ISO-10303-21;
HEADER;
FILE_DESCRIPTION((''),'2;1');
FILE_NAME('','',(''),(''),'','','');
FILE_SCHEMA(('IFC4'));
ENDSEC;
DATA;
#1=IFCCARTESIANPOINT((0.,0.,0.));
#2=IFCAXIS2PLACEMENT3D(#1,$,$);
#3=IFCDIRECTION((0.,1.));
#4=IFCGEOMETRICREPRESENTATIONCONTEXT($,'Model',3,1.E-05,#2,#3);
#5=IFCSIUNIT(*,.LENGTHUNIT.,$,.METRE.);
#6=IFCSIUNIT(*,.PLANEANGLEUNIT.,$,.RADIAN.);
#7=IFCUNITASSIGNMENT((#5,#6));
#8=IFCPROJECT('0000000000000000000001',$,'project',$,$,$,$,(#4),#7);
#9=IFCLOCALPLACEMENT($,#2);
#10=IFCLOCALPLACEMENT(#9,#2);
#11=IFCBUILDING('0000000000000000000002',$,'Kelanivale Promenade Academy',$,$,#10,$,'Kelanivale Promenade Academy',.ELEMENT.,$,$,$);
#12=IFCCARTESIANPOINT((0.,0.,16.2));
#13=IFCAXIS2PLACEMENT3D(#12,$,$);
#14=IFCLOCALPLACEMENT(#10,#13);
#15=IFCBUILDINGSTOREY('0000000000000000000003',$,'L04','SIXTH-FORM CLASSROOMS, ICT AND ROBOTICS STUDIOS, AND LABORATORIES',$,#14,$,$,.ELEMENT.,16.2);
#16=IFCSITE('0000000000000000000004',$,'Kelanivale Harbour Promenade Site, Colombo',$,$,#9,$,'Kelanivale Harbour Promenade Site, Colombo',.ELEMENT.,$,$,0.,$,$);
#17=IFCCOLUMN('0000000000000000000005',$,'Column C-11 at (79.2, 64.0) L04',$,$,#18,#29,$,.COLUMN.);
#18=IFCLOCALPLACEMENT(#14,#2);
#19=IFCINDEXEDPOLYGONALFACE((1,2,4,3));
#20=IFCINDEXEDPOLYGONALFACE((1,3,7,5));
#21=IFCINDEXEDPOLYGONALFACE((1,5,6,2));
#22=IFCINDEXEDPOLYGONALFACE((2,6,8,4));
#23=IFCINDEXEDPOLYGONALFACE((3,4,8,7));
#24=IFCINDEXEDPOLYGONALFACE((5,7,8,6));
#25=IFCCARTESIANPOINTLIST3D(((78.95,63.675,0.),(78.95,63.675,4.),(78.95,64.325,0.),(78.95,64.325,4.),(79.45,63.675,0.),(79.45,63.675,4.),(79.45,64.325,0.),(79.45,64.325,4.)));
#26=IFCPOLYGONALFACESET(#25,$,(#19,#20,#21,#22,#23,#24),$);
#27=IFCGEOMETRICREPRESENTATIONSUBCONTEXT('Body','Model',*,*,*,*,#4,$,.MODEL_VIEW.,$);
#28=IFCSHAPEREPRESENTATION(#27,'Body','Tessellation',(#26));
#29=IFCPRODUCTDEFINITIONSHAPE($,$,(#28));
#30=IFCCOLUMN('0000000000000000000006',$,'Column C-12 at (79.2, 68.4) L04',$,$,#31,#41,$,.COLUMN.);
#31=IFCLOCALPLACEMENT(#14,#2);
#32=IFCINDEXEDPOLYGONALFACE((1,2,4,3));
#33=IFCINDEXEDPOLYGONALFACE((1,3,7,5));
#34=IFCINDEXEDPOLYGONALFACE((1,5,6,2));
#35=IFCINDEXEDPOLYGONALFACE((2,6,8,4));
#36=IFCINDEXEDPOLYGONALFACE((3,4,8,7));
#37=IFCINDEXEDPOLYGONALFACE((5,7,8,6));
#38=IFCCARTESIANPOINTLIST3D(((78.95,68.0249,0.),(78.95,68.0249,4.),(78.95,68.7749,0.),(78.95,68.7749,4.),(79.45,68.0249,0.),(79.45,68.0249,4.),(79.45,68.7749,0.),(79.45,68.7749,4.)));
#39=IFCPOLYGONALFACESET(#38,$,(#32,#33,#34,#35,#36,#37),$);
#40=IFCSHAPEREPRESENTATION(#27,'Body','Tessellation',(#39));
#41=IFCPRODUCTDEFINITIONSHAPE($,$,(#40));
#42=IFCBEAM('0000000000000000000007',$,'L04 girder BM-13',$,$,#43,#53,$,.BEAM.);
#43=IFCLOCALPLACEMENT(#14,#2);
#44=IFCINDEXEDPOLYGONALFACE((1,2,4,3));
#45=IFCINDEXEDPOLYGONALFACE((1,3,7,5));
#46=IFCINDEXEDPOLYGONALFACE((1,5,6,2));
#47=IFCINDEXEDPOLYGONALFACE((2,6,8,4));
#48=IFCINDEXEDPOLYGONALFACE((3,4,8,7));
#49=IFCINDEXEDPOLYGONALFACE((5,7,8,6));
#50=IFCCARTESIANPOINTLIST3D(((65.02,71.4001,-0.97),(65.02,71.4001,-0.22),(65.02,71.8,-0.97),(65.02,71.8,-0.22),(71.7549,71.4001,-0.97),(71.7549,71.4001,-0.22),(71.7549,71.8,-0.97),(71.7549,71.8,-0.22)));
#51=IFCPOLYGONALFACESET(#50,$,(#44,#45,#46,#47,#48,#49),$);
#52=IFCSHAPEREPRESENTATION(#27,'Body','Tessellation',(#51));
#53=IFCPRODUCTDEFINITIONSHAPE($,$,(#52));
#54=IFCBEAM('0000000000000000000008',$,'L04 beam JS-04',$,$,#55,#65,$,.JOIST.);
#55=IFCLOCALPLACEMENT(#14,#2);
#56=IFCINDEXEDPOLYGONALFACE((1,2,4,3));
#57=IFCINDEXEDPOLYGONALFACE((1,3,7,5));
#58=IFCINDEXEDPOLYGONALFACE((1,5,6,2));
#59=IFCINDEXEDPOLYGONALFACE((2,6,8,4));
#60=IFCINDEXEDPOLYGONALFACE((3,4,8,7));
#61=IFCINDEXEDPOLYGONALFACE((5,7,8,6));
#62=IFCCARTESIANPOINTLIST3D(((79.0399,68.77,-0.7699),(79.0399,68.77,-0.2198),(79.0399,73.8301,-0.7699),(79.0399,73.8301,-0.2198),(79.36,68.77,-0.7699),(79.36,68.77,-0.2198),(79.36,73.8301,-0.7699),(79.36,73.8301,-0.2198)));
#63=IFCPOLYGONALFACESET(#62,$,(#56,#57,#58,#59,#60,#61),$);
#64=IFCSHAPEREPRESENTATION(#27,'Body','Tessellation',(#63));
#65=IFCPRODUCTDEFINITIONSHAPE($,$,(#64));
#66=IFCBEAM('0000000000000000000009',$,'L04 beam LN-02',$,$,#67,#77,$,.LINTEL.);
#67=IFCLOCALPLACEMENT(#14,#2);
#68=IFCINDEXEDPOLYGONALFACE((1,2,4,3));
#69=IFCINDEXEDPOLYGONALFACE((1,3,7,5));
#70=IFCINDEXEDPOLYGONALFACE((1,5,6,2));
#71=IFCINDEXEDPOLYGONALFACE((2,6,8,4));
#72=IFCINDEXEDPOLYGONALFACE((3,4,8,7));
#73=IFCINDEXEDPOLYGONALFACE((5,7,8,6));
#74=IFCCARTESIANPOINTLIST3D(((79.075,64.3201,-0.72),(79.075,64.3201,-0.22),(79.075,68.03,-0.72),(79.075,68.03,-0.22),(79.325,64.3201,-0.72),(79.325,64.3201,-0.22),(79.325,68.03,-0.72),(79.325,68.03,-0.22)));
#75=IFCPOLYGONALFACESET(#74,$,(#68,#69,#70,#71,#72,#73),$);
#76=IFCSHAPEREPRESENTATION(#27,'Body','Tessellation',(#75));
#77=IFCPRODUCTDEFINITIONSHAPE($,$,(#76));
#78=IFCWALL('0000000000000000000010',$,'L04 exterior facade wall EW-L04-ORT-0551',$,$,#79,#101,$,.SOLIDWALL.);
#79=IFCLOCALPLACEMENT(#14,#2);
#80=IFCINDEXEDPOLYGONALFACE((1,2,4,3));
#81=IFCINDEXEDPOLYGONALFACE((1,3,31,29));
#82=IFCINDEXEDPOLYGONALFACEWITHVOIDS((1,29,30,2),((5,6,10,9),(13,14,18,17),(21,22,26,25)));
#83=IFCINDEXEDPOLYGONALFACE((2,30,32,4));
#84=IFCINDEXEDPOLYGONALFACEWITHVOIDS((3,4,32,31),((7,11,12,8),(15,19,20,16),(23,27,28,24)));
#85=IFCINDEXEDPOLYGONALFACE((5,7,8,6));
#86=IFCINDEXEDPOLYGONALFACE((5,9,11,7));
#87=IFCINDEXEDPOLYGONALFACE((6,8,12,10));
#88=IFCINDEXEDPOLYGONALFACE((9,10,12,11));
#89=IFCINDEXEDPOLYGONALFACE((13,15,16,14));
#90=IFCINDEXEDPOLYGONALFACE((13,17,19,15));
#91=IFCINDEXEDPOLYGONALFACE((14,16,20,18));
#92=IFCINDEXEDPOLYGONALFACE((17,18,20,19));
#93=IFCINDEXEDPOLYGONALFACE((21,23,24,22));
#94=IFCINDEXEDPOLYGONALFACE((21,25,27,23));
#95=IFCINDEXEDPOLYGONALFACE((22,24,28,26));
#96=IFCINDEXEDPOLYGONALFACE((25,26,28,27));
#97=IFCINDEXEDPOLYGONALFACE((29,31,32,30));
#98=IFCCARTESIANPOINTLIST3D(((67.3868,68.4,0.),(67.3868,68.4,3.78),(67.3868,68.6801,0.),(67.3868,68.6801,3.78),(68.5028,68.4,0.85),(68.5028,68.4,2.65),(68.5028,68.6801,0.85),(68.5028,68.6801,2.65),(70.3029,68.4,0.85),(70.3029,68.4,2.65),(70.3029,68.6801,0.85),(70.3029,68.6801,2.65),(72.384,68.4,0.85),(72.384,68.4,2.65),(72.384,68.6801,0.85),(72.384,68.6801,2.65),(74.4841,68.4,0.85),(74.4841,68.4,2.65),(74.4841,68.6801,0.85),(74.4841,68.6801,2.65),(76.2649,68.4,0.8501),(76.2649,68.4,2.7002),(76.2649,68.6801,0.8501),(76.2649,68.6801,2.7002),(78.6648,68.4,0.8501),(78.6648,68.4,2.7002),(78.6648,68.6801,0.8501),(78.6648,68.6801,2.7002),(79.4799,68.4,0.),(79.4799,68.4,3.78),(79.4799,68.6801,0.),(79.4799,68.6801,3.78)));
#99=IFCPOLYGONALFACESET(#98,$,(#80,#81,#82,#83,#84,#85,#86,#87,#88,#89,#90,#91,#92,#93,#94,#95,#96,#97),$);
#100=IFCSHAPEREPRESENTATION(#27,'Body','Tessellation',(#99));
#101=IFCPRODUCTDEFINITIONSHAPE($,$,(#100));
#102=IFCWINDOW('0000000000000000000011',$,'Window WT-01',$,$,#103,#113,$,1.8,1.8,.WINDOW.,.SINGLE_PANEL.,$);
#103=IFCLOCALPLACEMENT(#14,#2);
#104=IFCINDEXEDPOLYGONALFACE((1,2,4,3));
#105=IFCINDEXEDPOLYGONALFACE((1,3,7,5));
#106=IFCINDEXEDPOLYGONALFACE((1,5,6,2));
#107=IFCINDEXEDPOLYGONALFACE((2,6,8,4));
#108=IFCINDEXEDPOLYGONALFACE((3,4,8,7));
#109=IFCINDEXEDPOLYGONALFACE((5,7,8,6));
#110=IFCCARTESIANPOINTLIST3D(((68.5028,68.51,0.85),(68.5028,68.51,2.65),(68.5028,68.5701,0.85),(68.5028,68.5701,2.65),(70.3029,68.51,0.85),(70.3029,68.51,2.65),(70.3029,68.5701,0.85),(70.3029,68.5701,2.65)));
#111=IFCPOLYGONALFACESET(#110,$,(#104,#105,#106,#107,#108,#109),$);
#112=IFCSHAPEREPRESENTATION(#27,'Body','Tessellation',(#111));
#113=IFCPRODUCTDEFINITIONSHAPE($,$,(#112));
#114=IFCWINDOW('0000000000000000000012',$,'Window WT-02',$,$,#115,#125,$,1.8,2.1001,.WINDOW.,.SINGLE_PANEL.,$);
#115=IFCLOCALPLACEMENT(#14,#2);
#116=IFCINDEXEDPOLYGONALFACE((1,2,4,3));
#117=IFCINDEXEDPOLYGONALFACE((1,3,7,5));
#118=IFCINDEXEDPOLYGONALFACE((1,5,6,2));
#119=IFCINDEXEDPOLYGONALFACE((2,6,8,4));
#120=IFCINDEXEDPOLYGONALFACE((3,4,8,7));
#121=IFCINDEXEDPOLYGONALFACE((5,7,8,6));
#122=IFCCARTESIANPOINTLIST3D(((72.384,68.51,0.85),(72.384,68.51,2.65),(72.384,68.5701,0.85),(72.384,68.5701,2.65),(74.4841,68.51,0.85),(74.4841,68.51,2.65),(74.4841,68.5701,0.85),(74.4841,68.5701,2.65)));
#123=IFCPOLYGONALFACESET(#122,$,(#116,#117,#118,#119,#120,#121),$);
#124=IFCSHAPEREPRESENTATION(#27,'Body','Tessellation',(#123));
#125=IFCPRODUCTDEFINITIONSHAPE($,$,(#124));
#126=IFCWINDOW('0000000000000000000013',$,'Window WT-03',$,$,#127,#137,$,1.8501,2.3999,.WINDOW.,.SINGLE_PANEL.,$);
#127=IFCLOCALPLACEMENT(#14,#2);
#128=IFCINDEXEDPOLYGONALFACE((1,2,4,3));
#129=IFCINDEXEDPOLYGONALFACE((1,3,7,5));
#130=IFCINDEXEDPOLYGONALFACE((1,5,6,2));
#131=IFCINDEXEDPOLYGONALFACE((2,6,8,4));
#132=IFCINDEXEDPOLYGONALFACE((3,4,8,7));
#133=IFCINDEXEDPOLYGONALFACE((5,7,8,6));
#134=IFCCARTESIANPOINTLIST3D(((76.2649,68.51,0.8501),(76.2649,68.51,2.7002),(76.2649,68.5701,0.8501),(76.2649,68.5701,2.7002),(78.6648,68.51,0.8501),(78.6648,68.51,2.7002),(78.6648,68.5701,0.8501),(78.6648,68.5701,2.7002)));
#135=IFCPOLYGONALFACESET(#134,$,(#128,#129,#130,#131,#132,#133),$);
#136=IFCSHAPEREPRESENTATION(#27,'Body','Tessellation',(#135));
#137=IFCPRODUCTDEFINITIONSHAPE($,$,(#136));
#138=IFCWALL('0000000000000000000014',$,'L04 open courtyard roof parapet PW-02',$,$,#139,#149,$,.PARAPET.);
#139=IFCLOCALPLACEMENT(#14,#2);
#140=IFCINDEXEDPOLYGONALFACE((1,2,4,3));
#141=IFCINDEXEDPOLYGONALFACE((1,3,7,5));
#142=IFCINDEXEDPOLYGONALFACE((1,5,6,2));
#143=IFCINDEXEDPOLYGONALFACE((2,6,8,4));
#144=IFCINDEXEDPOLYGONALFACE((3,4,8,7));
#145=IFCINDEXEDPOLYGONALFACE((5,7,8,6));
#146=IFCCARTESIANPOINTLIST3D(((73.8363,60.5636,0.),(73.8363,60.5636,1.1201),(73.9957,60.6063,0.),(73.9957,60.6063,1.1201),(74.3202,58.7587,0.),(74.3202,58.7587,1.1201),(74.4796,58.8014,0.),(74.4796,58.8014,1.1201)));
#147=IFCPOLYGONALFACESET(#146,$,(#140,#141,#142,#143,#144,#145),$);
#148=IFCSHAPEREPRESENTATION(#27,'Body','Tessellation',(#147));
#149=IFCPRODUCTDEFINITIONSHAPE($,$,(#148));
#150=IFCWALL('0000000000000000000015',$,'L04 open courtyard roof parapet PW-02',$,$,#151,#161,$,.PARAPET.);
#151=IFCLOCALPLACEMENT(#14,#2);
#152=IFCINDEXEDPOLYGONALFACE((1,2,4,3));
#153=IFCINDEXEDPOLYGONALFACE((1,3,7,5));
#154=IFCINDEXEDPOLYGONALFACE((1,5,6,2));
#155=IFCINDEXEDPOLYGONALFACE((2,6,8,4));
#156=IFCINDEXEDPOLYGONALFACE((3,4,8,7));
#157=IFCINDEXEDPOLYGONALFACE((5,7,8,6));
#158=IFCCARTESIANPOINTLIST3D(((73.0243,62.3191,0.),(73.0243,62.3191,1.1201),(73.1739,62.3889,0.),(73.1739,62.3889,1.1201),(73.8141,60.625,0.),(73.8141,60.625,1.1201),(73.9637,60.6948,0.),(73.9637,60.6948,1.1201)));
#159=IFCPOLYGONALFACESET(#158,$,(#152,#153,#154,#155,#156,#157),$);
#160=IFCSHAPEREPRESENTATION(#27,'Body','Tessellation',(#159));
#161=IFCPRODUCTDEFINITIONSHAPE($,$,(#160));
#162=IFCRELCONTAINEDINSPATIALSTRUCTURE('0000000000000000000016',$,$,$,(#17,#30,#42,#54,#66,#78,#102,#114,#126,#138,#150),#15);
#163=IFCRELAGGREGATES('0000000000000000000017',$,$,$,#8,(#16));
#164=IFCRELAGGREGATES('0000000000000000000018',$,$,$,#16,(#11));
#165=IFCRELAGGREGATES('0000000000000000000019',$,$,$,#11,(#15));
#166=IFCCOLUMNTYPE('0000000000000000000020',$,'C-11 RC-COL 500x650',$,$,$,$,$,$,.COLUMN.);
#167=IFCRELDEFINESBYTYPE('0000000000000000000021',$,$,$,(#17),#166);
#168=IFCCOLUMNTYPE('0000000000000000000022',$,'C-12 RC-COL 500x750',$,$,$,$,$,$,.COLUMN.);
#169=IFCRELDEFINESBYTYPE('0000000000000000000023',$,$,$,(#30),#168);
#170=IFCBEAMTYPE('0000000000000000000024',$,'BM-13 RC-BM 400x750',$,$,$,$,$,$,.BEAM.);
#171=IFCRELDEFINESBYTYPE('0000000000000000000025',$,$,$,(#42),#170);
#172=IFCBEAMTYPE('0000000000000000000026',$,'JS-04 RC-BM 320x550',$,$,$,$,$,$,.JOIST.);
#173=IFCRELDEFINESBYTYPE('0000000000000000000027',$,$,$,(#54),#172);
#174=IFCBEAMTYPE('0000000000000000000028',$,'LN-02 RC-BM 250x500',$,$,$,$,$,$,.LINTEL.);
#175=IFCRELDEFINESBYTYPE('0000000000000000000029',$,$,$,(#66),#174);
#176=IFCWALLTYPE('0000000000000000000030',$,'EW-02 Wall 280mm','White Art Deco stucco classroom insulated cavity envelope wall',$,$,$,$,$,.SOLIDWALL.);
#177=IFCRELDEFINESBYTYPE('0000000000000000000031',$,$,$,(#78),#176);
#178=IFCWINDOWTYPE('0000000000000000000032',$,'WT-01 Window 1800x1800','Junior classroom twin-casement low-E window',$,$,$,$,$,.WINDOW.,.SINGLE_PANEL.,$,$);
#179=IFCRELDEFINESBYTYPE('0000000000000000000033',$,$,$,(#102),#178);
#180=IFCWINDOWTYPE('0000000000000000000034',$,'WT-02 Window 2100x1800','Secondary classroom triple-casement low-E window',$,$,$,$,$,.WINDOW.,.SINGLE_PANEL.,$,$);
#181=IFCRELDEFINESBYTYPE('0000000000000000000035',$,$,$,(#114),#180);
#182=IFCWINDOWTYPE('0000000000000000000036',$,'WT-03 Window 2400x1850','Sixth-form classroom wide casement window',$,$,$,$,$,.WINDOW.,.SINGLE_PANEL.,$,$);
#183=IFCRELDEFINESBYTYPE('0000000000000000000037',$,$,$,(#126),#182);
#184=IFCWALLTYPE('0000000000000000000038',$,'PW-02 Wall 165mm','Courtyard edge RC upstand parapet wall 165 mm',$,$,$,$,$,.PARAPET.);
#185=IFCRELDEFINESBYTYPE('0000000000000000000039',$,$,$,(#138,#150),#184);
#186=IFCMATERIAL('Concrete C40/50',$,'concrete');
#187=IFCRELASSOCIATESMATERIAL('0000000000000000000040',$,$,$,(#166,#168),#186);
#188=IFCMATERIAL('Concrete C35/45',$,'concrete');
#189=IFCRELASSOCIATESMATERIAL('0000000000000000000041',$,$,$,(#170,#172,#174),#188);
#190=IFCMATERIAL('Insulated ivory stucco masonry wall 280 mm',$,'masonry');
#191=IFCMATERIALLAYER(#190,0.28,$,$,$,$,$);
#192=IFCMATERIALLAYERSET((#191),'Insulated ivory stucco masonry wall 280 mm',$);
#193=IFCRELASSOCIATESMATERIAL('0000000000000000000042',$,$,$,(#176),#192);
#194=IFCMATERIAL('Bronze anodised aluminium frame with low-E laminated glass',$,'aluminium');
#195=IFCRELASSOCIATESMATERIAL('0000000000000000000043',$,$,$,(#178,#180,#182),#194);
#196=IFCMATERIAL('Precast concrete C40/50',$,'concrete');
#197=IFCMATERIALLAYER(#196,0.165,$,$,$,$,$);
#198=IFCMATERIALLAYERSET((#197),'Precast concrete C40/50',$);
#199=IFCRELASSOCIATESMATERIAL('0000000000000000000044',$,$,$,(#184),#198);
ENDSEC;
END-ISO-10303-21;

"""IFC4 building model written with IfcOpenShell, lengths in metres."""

from ifc_helpers import new_model, si_unit, direction, frame, frame_2d, origin, origin_2d, place, context, subcontext, project, spatial, rectangle, extrude, material, layer, layer_set, material_profile, profile_set, type_object, element, fill, save


model = new_model("IFC4")

# Units and contexts
model_context = context("Model", 3, precision=1e-05, world=origin(), true_north=direction((0.0, 1.0)))
body_context = subcontext(model_context, "Body", "Model", "MODEL_VIEW")
ifc_project = project(units=[si_unit("LENGTHUNIT", "METRE"), si_unit("PLANEANGLEUNIT", "RADIAN")], contexts=[model_context])

# Site, building, storey
site_placement = place(None, origin())
site = spatial("IfcSite", under=ifc_project, at=site_placement, Name="Kelanivale Harbour Promenade Site, Colombo", LongName="Kelanivale Harbour Promenade Site, Colombo", CompositionType="ELEMENT", RefElevation=0.0)
building_placement = place(site_placement, origin())
building = spatial("IfcBuilding", under=site, at=building_placement, Name="Kelanivale Promenade Academy", LongName="Kelanivale Promenade Academy", CompositionType="ELEMENT")
storey_placement = place(building_placement, frame((0.0, 0.0, 16.2)))
storey = spatial("IfcBuildingStorey", under=building, at=storey_placement, Name="L04", Description="SIXTH-FORM CLASSROOMS, ICT AND ROBOTICS STUDIOS, AND LABORATORIES", CompositionType="ELEMENT", Elevation=16.2)

# Columns
ifc_material_1 = material(Name="Concrete C40/50", Category="concrete")
ifc_material_profile_1 = material_profile(ifc_material_1, rectangle(XDim=0.5, YDim=0.6499, at=origin_2d()), Name="RC-COL 500x650")
ifc_profile_set_1 = profile_set([ifc_material_profile_1], Name="Concrete C40/50")
column_type_1 = type_object("IfcColumnType", Name="C-11 RC-COL 500x650", PredefinedType="COLUMN", material=ifc_profile_set_1)
column_1_placement = place(storey_placement, frame((79.2, 64.0, 0.0), z_axis=(0.0, 0.0, 1.0), x_axis=(1.0, 0.0, 0.0)))
element("IfcColumn", 1, at=column_1_placement, inside=storey, type_object=column_type_1, Name="Column C-11 at (79.2, 64.0) L04", PredefinedType="COLUMN", context=body_context, shape_type="SweptSolid", body=[
    extrude(rectangle(XDim=0.5, YDim=0.6499, at=origin_2d()), origin(), (0.0, 0.0, 1.0), 4.0),
])
ifc_material_profile_2 = material_profile(ifc_material_1, rectangle(XDim=0.5, YDim=0.75, at=origin_2d()), Name="RC-COL 500x750")
ifc_profile_set_2 = profile_set([ifc_material_profile_2], Name="Concrete C40/50")
column_type_2 = type_object("IfcColumnType", Name="C-12 RC-COL 500x750", PredefinedType="COLUMN", material=ifc_profile_set_2)
column_2_placement = place(storey_placement, frame((79.2, 68.3999, 0.0), z_axis=(0.0, 0.0, 1.0), x_axis=(1.0, 0.0, 0.0)))
element("IfcColumn", 2, at=column_2_placement, inside=storey, type_object=column_type_2, Name="Column C-12 at (79.2, 68.4) L04", PredefinedType="COLUMN", context=body_context, shape_type="SweptSolid", body=[
    extrude(rectangle(XDim=0.5, YDim=0.75, at=origin_2d()), origin(), (0.0, 0.0, 1.0), 4.0),
])

# Beams
ifc_material_2 = material(Name="Concrete C35/45", Category="concrete")
ifc_material_profile_3 = material_profile(ifc_material_2, rectangle(XDim=0.3999, YDim=0.75, at=origin_2d()), Name="RC-BM 400x750")
ifc_profile_set_3 = profile_set([ifc_material_profile_3], Name="Concrete C35/45")
beam_type_1 = type_object("IfcBeamType", Name="BM-13 RC-BM 400x750", PredefinedType="BEAM", material=ifc_profile_set_3)
beam_1_placement = place(storey_placement, frame((65.02, 71.6001, -0.595), z_axis=(1.0, 0.0, 0.0), x_axis=(0.0, 1.0, 0.0)))
element("IfcBeam", 3, at=beam_1_placement, inside=storey, type_object=beam_type_1, Name="L04 girder BM-13", PredefinedType="BEAM", context=body_context, shape_type="SweptSolid", body=[
    extrude(rectangle(XDim=0.3999, YDim=0.75, at=origin_2d()), origin(), (0.0, 0.0, 1.0), 6.7349),
])
ifc_material_profile_4 = material_profile(ifc_material_2, rectangle(XDim=0.3201, YDim=0.55, at=origin_2d()), Name="RC-BM 320x550")
ifc_profile_set_4 = profile_set([ifc_material_profile_4], Name="Concrete C35/45")
beam_type_2 = type_object("IfcBeamType", Name="JS-04 RC-BM 320x550", PredefinedType="JOIST", material=ifc_profile_set_4)
beam_2_placement = place(storey_placement, frame((79.2, 68.77, -0.4949), z_axis=(0.0, 1.0, 0.0), x_axis=(-1.0, 0.0, 0.0)))
element("IfcBeam", 4, at=beam_2_placement, inside=storey, type_object=beam_type_2, Name="L04 beam JS-04", PredefinedType="JOIST", context=body_context, shape_type="SweptSolid", body=[
    extrude(rectangle(XDim=0.3201, YDim=0.55, at=origin_2d()), origin(), (0.0, 0.0, 1.0), 5.0601),
])
ifc_material_profile_5 = material_profile(ifc_material_2, rectangle(XDim=0.25, YDim=0.5, at=origin_2d()), Name="RC-BM 250x500")
ifc_profile_set_5 = profile_set([ifc_material_profile_5], Name="Concrete C35/45")
beam_type_3 = type_object("IfcBeamType", Name="LN-02 RC-BM 250x500", PredefinedType="LINTEL", material=ifc_profile_set_5)
beam_3_placement = place(storey_placement, frame((79.2, 64.3201, -0.47), z_axis=(0.0, 1.0, 0.0), x_axis=(-1.0, 0.0, 0.0)))
element("IfcBeam", 5, at=beam_3_placement, inside=storey, type_object=beam_type_3, Name="L04 beam LN-02", PredefinedType="LINTEL", context=body_context, shape_type="SweptSolid", body=[
    extrude(rectangle(XDim=0.25, YDim=0.5, at=origin_2d()), origin(), (0.0, 0.0, 1.0), 3.71),
])

# Wall, openings, windows
ifc_material_3 = material(Name="Insulated ivory stucco masonry wall 280 mm", Category="masonry")
ifc_layer_1 = layer(ifc_material_3, 0.28)
ifc_layer_set_1 = layer_set([ifc_layer_1], Name="Insulated ivory stucco masonry wall 280 mm")
wall_type_1 = type_object("IfcWallType", Name="EW-02 Wall 280mm", Description="White Art Deco stucco classroom insulated cavity envelope wall", PredefinedType="SOLIDWALL", material=ifc_layer_set_1)
wall_1_placement = place(storey_placement, frame((67.387, 68.54, 0.0), z_axis=(0.0, 0.0, 1.0), x_axis=(1.0, 0.0, 0.0)))
wall_1 = element("IfcWall", 6, at=wall_1_placement, inside=storey, type_object=wall_type_1, Name="L04 exterior facade wall EW-L04-ORT-0551", PredefinedType="SOLIDWALL", context=body_context, shape_type="SweptSolid", body=[
    extrude(rectangle(XDim=12.093, YDim=0.28, at=frame_2d((6.0464, 0.0))), origin(), (0.0, 0.0, 1.0), 3.78),
])
opening_1_placement = place(wall_1_placement, frame((1.116, 0.0, 0.8501)))
opening_1 = element("IfcOpeningElement", 7, at=opening_1_placement, cuts=wall_1, PredefinedType="OPENING", context=body_context, shape_type="SweptSolid", body=[
    extrude(rectangle(XDim=1.8, YDim=1.8, at=frame_2d((0.8999, 0.8999))), frame((0.0, 0.1499, 0.0), z_axis=(0.0, -1.0, 0.0), x_axis=(1.0, 0.0, 0.0)), (0.0, 0.0, 1.0), 0.3),
])
opening_2_placement = place(wall_1_placement, frame((4.9971, 0.0, 0.8501)))
opening_2 = element("IfcOpeningElement", 8, at=opening_2_placement, cuts=wall_1, PredefinedType="OPENING", context=body_context, shape_type="SweptSolid", body=[
    extrude(rectangle(XDim=2.1001, YDim=1.8, at=frame_2d((1.05, 0.8999))), frame((0.0, 0.1499, 0.0), z_axis=(0.0, -1.0, 0.0), x_axis=(1.0, 0.0, 0.0)), (0.0, 0.0, 1.0), 0.3),
])
opening_3_placement = place(wall_1_placement, frame((8.8779, 0.0, 0.8501)))
opening_3 = element("IfcOpeningElement", 9, at=opening_3_placement, cuts=wall_1, PredefinedType="OPENING", context=body_context, shape_type="SweptSolid", body=[
    extrude(rectangle(XDim=2.3999, YDim=1.8501, at=frame_2d((1.2, 0.925))), frame((0.0, 0.1499, 0.0), z_axis=(0.0, -1.0, 0.0), x_axis=(1.0, 0.0, 0.0)), (0.0, 0.0, 1.0), 0.3),
])
ifc_material_4 = material(Name="Bronze anodised aluminium frame with low-E laminated glass", Category="aluminium")
window_type_1 = type_object("IfcWindowType", Name="WT-01 Window 1800x1800", Description="Junior classroom twin-casement low-E window", PartitioningType="SINGLE_PANEL", PredefinedType="WINDOW", material=ifc_material_4)
window_1_placement = place(opening_1_placement, origin())
window_1 = element("IfcWindow", 10, at=window_1_placement, inside=storey, type_object=window_type_1, Name="Window WT-01", OverallHeight=1.8, OverallWidth=1.8, PartitioningType="SINGLE_PANEL", PredefinedType="WINDOW", context=body_context, shape_type="SweptSolid", body=[
    extrude(rectangle(XDim=1.8, YDim=1.8, at=frame_2d((0.8999, 0.8999))), frame((0.0, 0.03, 0.0), z_axis=(0.0, -1.0, 0.0), x_axis=(1.0, 0.0, 0.0)), (0.0, 0.0, 1.0), 0.0601),
])
fill(opening_1, window_1)
window_type_2 = type_object("IfcWindowType", Name="WT-02 Window 2100x1800", Description="Secondary classroom triple-casement low-E window", PartitioningType="SINGLE_PANEL", PredefinedType="WINDOW", material=ifc_material_4)
window_2_placement = place(opening_2_placement, origin())
window_2 = element("IfcWindow", 11, at=window_2_placement, inside=storey, type_object=window_type_2, Name="Window WT-02", OverallHeight=1.8, OverallWidth=2.1001, PartitioningType="SINGLE_PANEL", PredefinedType="WINDOW", context=body_context, shape_type="SweptSolid", body=[
    extrude(rectangle(XDim=2.1001, YDim=1.8, at=frame_2d((1.05, 0.8999))), frame((0.0, 0.03, 0.0), z_axis=(0.0, -1.0, 0.0), x_axis=(1.0, 0.0, 0.0)), (0.0, 0.0, 1.0), 0.0601),
])
fill(opening_2, window_2)
window_type_3 = type_object("IfcWindowType", Name="WT-03 Window 2400x1850", Description="Sixth-form classroom wide casement window", PartitioningType="SINGLE_PANEL", PredefinedType="WINDOW", material=ifc_material_4)
window_3_placement = place(opening_3_placement, origin())
window_3 = element("IfcWindow", 12, at=window_3_placement, inside=storey, type_object=window_type_3, Name="Window WT-03", OverallHeight=1.8501, OverallWidth=2.3999, PartitioningType="SINGLE_PANEL", PredefinedType="WINDOW", context=body_context, shape_type="SweptSolid", body=[
    extrude(rectangle(XDim=2.3999, YDim=1.8501, at=frame_2d((1.2, 0.925))), frame((0.0, 0.03, 0.0), z_axis=(0.0, -1.0, 0.0), x_axis=(1.0, 0.0, 0.0)), (0.0, 0.0, 1.0), 0.0601),
])
fill(opening_3, window_3)

# Walls
ifc_material_5 = material(Name="Precast concrete C40/50", Category="concrete")
ifc_layer_2 = layer(ifc_material_5, 0.165)
ifc_layer_set_2 = layer_set([ifc_layer_2], Name="Precast concrete C40/50")
wall_type_2 = type_object("IfcWallType", Name="PW-02 Wall 165mm", Description="Courtyard edge RC upstand parapet wall 165 mm", PredefinedType="PARAPET", material=ifc_layer_set_2)
wall_2_placement = place(storey_placement, frame((74.3999, 58.78, 0.0), z_axis=(0.0, 0.0, 1.0), x_axis=(-0.258947, 0.965891, 0.0)))
element("IfcWall", 13, at=wall_2_placement, inside=storey, type_object=wall_type_2, Name="L04 open courtyard roof parapet PW-02", PredefinedType="PARAPET", context=body_context, shape_type="SweptSolid", body=[
    extrude(rectangle(XDim=1.8687, YDim=0.165, at=frame_2d((0.9343, 0.0))), origin(), (0.0, 0.0, 1.0), 1.1201),
])
wall_3_placement = place(storey_placement, frame((73.8889, 60.6599, 0.0), z_axis=(0.0, 0.0, 1.0), x_axis=(-0.422542, 0.906343, 0.0)))
element("IfcWall", 14, at=wall_3_placement, inside=storey, type_object=wall_type_2, Name="L04 open courtyard roof parapet PW-02", PredefinedType="PARAPET", context=body_context, shape_type="SweptSolid", body=[
    extrude(rectangle(XDim=1.8691, YDim=0.165, at=frame_2d((0.9346, 0.0))), origin(), (0.0, 0.0, 1.0), 1.1201),
])

save(model, "model.ifc")
